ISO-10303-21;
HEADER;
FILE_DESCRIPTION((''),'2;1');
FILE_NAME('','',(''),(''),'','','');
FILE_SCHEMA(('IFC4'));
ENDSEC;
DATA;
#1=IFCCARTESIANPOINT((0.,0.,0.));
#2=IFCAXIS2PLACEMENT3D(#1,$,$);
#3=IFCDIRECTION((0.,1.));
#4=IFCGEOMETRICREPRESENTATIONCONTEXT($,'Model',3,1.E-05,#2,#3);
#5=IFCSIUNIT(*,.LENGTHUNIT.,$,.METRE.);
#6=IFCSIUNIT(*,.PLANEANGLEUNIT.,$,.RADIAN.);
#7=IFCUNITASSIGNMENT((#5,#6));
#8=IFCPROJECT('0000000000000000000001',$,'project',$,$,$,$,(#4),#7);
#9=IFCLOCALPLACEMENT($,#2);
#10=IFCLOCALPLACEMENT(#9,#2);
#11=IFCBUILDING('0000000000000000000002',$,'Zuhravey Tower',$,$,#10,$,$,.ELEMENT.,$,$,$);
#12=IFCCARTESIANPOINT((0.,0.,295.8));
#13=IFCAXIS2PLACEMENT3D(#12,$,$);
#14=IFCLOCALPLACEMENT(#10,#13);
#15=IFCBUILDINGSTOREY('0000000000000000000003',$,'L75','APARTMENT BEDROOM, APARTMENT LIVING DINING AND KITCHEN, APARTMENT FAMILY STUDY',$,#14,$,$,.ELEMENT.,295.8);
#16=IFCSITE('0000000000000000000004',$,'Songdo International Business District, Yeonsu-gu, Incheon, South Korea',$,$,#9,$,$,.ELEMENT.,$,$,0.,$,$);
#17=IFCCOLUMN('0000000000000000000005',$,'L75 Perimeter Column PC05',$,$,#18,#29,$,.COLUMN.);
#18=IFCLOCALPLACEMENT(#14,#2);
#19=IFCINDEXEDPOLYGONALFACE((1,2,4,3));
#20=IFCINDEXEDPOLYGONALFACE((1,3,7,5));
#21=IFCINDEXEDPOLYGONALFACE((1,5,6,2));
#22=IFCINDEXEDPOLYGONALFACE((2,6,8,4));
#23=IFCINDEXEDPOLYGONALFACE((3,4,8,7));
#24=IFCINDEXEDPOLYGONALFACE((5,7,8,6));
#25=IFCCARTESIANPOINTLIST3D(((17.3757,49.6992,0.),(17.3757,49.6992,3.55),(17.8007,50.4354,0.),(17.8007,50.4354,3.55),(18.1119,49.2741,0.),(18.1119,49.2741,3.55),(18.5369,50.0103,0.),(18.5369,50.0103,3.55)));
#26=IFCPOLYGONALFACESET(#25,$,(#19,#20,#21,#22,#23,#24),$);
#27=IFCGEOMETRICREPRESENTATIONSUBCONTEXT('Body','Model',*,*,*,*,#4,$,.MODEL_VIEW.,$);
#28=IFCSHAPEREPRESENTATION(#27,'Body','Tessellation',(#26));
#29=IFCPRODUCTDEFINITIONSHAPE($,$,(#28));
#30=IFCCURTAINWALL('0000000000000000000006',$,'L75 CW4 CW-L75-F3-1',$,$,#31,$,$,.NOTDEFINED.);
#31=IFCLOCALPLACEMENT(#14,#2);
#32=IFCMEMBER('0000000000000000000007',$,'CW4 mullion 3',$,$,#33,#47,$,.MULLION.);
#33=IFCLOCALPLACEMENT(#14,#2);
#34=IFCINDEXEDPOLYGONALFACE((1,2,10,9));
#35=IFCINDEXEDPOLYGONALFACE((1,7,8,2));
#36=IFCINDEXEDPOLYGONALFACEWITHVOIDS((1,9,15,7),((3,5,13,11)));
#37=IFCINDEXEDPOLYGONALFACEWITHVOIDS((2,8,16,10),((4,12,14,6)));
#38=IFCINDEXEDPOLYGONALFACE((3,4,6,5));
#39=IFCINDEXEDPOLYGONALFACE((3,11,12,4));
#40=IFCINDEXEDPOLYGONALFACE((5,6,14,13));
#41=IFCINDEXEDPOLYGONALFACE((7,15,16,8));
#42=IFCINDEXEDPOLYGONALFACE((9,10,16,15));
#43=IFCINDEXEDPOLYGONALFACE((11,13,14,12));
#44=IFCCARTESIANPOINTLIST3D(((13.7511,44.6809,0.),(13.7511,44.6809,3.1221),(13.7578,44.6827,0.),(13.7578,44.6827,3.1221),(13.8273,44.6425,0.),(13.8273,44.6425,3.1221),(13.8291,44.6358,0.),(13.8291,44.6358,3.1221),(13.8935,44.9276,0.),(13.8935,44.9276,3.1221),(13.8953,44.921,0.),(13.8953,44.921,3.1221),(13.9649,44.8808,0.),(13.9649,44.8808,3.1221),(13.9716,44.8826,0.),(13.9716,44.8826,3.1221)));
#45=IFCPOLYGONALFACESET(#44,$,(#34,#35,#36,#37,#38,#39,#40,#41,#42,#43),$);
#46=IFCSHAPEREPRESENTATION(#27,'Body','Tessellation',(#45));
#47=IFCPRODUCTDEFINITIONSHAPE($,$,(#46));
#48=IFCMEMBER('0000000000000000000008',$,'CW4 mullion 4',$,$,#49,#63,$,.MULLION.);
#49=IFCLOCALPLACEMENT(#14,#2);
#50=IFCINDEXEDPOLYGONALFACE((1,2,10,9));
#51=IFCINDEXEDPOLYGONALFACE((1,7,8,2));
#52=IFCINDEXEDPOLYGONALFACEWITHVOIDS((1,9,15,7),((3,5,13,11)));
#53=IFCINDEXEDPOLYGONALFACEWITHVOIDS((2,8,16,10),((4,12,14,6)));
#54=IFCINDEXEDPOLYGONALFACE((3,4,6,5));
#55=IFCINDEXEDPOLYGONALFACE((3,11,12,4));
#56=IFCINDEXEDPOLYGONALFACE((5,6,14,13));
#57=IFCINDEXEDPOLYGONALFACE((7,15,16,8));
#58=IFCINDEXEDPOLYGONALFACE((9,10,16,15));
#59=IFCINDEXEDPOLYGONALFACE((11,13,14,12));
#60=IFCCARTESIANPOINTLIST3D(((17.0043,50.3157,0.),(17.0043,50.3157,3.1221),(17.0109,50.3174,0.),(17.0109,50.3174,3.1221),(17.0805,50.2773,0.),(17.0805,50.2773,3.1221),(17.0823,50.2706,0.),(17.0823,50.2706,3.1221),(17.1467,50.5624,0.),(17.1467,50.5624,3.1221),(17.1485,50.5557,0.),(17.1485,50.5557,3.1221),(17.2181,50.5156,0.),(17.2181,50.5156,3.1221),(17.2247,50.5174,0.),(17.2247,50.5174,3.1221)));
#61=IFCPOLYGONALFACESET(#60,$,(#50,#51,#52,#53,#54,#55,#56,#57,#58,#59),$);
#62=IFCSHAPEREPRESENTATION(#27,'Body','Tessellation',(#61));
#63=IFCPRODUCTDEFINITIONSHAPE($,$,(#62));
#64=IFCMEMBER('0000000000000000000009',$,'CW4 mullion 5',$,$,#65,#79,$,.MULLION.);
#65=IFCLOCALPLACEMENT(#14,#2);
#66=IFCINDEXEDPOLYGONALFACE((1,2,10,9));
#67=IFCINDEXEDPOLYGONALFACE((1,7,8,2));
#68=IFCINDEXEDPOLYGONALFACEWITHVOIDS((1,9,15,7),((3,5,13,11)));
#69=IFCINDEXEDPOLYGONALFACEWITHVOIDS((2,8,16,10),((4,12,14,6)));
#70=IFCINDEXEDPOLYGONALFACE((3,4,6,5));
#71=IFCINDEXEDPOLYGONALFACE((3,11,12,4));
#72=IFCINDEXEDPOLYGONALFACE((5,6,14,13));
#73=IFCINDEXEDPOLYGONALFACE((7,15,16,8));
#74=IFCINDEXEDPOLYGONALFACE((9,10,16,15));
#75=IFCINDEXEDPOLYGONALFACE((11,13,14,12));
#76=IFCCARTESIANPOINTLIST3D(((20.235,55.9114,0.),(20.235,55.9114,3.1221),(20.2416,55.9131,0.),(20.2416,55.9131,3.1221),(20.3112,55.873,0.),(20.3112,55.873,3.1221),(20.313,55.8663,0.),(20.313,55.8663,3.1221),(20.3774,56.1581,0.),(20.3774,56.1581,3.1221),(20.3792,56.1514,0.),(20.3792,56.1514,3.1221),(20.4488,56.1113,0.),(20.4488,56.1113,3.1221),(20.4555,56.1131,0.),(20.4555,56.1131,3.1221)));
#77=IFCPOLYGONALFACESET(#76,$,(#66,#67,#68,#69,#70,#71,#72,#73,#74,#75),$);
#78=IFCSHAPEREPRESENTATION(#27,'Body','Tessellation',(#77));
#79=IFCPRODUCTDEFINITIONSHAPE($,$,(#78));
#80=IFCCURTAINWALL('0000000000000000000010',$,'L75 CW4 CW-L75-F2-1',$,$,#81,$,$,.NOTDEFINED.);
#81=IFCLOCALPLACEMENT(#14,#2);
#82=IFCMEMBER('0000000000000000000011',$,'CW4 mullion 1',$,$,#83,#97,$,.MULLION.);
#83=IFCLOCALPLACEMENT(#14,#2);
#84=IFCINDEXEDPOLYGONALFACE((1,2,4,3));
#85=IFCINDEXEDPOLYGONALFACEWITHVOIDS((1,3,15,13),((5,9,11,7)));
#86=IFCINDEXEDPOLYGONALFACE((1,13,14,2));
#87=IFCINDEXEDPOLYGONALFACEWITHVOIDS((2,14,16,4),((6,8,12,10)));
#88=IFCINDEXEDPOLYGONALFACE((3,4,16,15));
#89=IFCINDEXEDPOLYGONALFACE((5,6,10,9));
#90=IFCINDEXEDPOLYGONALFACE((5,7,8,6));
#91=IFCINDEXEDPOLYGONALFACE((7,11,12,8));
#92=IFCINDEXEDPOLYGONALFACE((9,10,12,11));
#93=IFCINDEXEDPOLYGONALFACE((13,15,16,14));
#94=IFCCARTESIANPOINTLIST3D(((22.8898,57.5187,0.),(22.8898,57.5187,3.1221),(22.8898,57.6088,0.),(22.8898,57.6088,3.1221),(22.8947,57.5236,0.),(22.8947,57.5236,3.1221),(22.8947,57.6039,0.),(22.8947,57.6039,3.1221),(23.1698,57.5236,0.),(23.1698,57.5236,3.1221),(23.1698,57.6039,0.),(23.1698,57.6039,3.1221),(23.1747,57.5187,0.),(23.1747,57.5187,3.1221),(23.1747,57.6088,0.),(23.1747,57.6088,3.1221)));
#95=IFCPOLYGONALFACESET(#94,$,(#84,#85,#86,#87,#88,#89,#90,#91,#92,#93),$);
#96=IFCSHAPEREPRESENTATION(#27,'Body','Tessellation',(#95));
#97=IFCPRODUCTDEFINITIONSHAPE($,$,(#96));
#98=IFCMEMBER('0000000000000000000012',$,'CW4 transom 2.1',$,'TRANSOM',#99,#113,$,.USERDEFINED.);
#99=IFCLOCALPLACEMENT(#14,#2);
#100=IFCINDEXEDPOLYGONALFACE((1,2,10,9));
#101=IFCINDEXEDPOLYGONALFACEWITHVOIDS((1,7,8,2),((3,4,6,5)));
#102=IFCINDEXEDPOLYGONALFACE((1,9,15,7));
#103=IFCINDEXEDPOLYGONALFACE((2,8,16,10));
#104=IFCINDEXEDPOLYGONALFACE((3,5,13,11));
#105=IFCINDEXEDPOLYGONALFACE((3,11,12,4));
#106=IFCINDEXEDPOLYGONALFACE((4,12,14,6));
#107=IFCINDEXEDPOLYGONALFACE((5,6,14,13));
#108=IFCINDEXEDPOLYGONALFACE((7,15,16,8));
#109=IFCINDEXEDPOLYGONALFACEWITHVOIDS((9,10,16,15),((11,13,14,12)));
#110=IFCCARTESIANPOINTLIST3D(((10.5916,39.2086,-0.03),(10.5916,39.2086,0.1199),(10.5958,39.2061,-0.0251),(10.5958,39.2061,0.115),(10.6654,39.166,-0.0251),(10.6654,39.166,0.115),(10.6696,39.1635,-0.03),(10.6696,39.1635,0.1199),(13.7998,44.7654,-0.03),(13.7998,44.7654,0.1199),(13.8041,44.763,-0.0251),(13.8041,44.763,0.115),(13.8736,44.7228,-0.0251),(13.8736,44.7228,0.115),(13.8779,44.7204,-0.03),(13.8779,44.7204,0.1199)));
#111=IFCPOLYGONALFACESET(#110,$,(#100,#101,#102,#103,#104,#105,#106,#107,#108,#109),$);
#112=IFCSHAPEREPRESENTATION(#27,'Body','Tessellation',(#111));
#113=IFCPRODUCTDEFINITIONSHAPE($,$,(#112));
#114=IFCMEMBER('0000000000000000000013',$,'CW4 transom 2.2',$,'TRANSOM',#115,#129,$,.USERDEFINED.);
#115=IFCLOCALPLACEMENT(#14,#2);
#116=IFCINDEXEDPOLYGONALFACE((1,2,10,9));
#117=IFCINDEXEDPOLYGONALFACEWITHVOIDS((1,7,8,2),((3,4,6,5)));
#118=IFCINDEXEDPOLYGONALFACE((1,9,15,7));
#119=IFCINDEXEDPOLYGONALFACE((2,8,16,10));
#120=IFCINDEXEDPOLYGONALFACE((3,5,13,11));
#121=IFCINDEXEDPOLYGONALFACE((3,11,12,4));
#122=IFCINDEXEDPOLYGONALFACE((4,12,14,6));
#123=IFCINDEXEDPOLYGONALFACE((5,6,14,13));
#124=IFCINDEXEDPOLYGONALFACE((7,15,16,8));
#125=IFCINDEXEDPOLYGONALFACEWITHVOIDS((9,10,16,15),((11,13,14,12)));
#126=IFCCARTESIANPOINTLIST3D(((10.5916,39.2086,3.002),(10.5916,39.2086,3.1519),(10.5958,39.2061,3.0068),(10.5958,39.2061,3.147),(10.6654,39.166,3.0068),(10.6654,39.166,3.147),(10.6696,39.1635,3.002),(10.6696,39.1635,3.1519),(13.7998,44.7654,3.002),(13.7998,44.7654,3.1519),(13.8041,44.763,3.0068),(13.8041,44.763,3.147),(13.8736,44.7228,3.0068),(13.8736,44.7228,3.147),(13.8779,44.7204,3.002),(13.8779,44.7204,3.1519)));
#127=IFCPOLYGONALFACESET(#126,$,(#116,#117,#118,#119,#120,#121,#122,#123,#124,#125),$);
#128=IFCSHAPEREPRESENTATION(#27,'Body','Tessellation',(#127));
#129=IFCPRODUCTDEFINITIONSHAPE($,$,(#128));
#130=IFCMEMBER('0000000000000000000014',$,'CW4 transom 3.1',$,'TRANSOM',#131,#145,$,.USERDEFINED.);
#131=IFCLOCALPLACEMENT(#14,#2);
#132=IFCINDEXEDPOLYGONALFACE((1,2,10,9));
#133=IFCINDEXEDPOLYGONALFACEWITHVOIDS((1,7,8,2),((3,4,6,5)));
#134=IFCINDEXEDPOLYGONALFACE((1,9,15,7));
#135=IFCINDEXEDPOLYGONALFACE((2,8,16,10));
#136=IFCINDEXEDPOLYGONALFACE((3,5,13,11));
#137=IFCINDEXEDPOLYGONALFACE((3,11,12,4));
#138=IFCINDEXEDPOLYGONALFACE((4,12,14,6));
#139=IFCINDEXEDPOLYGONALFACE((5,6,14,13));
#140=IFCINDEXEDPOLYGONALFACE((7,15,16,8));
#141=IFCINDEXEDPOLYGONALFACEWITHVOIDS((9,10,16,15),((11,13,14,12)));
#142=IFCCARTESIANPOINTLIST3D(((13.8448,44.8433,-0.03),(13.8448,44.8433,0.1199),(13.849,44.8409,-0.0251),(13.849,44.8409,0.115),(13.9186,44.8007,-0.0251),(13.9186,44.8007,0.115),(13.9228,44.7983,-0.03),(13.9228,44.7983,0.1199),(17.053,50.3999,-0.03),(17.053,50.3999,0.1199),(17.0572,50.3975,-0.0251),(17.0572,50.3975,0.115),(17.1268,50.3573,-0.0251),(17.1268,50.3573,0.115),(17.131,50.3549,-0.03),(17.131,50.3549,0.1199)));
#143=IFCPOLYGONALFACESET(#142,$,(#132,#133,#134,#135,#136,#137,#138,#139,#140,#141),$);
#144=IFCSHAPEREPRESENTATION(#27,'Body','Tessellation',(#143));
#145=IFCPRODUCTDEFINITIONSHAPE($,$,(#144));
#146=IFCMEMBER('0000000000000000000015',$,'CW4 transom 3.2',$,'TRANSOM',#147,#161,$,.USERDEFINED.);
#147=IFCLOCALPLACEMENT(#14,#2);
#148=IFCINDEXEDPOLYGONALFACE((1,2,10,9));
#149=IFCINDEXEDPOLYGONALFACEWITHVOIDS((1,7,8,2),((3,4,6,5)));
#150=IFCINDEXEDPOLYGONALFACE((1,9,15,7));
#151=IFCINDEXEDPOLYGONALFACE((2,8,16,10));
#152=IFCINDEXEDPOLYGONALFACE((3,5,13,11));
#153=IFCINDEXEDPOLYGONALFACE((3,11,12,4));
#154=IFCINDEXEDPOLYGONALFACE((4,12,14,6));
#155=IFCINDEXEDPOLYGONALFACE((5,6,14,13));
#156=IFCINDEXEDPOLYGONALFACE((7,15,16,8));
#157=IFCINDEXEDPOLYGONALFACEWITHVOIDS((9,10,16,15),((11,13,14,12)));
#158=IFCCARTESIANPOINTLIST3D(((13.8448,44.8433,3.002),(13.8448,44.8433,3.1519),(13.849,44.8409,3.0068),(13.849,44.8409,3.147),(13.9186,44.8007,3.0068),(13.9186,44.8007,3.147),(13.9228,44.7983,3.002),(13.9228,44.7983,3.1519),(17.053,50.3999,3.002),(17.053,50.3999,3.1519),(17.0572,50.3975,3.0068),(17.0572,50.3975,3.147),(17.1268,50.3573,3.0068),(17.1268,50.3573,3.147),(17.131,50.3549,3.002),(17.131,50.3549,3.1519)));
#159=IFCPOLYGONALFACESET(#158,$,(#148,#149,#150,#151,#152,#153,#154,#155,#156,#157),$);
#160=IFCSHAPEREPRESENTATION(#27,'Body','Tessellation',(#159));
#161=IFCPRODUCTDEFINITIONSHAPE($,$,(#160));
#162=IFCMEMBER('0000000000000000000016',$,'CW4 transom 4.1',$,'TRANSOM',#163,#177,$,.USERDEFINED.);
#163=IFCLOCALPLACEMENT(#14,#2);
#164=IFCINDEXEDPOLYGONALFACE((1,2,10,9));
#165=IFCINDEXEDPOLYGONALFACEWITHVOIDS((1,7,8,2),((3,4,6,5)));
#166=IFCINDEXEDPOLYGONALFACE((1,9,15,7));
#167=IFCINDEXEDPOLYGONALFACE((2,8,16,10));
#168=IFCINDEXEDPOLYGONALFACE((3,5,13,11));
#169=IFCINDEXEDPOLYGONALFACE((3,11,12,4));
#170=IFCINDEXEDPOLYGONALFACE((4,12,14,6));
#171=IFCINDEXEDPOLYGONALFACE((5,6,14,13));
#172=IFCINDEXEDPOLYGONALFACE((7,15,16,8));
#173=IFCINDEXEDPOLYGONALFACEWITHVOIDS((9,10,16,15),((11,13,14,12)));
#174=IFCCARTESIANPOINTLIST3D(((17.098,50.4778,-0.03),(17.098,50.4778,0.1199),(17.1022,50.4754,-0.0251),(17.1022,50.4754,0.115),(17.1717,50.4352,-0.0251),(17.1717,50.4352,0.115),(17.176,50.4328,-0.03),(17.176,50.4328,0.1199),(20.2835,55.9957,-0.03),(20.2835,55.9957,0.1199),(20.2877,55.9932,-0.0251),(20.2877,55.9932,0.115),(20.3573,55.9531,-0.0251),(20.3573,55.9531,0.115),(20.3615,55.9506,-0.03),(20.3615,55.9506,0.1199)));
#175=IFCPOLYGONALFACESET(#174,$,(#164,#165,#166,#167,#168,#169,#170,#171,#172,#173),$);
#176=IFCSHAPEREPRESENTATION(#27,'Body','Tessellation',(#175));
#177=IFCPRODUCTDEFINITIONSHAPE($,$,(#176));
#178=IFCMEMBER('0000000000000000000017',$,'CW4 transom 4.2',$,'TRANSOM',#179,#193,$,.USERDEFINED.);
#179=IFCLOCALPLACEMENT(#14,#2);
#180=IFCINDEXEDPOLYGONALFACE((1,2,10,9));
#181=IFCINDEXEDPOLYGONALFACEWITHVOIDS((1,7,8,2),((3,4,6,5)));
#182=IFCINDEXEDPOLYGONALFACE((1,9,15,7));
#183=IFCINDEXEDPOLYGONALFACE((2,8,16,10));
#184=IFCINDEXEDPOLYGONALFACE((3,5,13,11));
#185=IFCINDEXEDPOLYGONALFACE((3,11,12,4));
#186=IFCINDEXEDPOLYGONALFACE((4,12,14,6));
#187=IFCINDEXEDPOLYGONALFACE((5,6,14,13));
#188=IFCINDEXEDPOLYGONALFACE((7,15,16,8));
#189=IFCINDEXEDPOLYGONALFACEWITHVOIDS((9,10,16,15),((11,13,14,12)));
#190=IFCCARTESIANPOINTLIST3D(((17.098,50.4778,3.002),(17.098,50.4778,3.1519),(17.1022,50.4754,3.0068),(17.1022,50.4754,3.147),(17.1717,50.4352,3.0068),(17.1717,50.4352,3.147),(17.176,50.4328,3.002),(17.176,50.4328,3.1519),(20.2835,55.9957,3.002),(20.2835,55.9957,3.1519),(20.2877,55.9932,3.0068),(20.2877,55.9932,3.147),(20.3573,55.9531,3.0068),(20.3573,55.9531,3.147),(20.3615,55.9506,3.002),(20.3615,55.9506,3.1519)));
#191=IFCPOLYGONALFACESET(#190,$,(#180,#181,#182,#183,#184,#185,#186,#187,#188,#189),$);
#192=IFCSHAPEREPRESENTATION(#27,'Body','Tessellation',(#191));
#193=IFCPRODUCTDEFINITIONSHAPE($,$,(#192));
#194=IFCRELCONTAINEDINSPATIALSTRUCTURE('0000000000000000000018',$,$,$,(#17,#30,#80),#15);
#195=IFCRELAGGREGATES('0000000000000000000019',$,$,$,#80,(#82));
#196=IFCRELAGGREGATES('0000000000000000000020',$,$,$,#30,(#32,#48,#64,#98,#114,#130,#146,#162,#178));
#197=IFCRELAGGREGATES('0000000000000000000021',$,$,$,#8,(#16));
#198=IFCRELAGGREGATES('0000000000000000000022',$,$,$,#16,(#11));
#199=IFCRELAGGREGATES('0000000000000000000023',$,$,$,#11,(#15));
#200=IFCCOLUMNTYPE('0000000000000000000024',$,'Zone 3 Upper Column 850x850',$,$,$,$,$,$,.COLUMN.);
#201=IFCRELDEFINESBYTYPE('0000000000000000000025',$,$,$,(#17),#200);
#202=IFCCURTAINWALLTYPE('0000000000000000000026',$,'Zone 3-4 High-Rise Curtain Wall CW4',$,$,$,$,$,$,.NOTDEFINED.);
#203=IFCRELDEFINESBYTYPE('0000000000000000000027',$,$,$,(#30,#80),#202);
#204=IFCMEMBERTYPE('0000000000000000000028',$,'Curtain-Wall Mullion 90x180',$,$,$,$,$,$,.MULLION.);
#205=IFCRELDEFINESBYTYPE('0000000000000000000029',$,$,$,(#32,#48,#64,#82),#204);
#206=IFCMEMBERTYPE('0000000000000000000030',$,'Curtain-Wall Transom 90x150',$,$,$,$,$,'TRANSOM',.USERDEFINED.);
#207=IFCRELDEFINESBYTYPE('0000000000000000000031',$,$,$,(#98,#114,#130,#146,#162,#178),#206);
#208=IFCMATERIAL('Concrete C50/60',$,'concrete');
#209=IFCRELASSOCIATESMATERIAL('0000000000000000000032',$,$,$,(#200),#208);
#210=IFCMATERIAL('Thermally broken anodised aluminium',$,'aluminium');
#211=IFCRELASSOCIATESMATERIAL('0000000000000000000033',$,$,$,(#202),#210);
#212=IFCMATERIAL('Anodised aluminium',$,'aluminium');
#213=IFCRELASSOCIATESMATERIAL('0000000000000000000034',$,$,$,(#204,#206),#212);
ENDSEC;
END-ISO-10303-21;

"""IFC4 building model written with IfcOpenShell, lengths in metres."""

from ifc_helpers import new_model, si_unit, direction, frame, origin, origin_2d, place, context, subcontext, project, spatial, rectangle, hollow_rectangle, extrude, material, material_profile, profile_set, type_object, element, aggregate, save


model = new_model("IFC4")

# Units and contexts
model_context = context("Model", 3, precision=1e-05, world=origin(), true_north=direction((0.0, 1.0)))
body_context = subcontext(model_context, "Body", "Model", "MODEL_VIEW")
ifc_project = project(units=[si_unit("LENGTHUNIT", "METRE"), si_unit("PLANEANGLEUNIT", "RADIAN")], contexts=[model_context])

# Site, building, storey
site_placement = place(None, origin())
site = spatial("IfcSite", under=ifc_project, at=site_placement, Name="Songdo International Business District, Yeonsu-gu, Incheon, South Korea", CompositionType="ELEMENT", RefElevation=0.0)
building_placement = place(site_placement, origin())
building = spatial("IfcBuilding", under=site, at=building_placement, Name="Zuhravey Tower", CompositionType="ELEMENT")
storey_placement = place(building_placement, frame((0.0, 0.0, 295.8)))
storey = spatial("IfcBuildingStorey", under=building, at=storey_placement, Name="L75", Description="APARTMENT BEDROOM, APARTMENT LIVING DINING AND KITCHEN, APARTMENT FAMILY STUDY", CompositionType="ELEMENT", Elevation=295.8)

# Column
ifc_material_1 = material(Name="Concrete C50/60", Category="concrete")
ifc_material_profile_1 = material_profile(ifc_material_1, rectangle(XDim=0.8501, YDim=0.8501, at=origin_2d()), Name="RC-850x850")
ifc_profile_set_1 = profile_set([ifc_material_profile_1], Name="Concrete C50/60")
column_type = type_object("IfcColumnType", Name="Zone 3 Upper Column 850x850", PredefinedType="COLUMN", material=ifc_profile_set_1)
column_placement = place(storey_placement, frame((17.9563, 49.8547, 0.0), z_axis=(0.0, 0.0, 1.0), x_axis=(-0.5, -0.866025, 0.0)))
element("IfcColumn", 1, at=column_placement, inside=storey, type_object=column_type, Name="L75 Perimeter Column PC05", PredefinedType="COLUMN", context=body_context, shape_type="SweptSolid", body=[
    extrude(rectangle(XDim=0.8501, YDim=0.8501, at=origin_2d()), origin(), (0.0, 0.0, 1.0), 3.55),
])

# Curtain wall, members
ifc_material_2 = material(Name="Thermally broken anodised aluminium", Category="aluminium")
curtain_wall_type = type_object("IfcCurtainWallType", Name="Zone 3-4 High-Rise Curtain Wall CW4", PredefinedType="NOTDEFINED", material=ifc_material_2)
curtain_wall_1_placement = place(storey_placement, origin())
curtain_wall_1 = element("IfcCurtainWall", 2, at=curtain_wall_1_placement, inside=storey, type_object=curtain_wall_type, Name="L75 CW4 CW-L75-F3-1", PredefinedType="NOTDEFINED")
ifc_material_3 = material(Name="Anodised aluminium", Category="aluminium")
ifc_material_profile_2 = material_profile(ifc_material_3, hollow_rectangle(XDim=0.0901, YDim=0.2849, WallThickness=0.0049, at=origin_2d()), Name="ALU-RHS-90x285x5")
ifc_profile_set_2 = profile_set([ifc_material_profile_2], Name="Anodised aluminium")
member_type_1 = type_object("IfcMemberType", Name="Curtain-Wall Mullion 90x180", PredefinedType="MULLION", material=ifc_profile_set_2)
member_1_placement = place(storey_placement, frame((13.8613, 44.7817, 0.0), z_axis=(0.0, 0.0, 1.0), x_axis=(-0.866025, 0.500001, 0.0)))
member_1 = element("IfcMember", 3, at=member_1_placement, type_object=member_type_1, Name="CW4 mullion 3", PredefinedType="MULLION", context=body_context, shape_type="SweptSolid", body=[
    extrude(hollow_rectangle(XDim=0.0901, YDim=0.2849, WallThickness=0.0049, at=origin_2d()), origin(), (0.0, 0.0, 1.0), 3.1221),
])
member_2_placement = place(storey_placement, frame((17.1145, 50.4165, 0.0), z_axis=(0.0, 0.0, 1.0), x_axis=(-0.866025, 0.500001, 0.0)))
member_2 = element("IfcMember", 4, at=member_2_placement, type_object=member_type_1, Name="CW4 mullion 4", PredefinedType="MULLION", context=body_context, shape_type="SweptSolid", body=[
    extrude(hollow_rectangle(XDim=0.0901, YDim=0.2849, WallThickness=0.0049, at=origin_2d()), origin(), (0.0, 0.0, 1.0), 3.1221),
])
member_3_placement = place(storey_placement, frame((20.3452, 56.0122, 0.0), z_axis=(0.0, 0.0, 1.0), x_axis=(-0.866025, 0.500001, 0.0)))
member_3 = element("IfcMember", 5, at=member_3_placement, type_object=member_type_1, Name="CW4 mullion 5", PredefinedType="MULLION", context=body_context, shape_type="SweptSolid", body=[
    extrude(hollow_rectangle(XDim=0.0901, YDim=0.2849, WallThickness=0.0049, at=origin_2d()), origin(), (0.0, 0.0, 1.0), 3.1221),
])

# Curtain wall, member
curtain_wall_2_placement = place(storey_placement, origin())
curtain_wall_2 = element("IfcCurtainWall", 6, at=curtain_wall_2_placement, inside=storey, type_object=curtain_wall_type, Name="L75 CW4 CW-L75-F2-1", PredefinedType="NOTDEFINED")
member_4_placement = place(storey_placement, frame((23.0322, 57.5637, 0.0), z_axis=(0.0, 0.0, 1.0), x_axis=(0.0, 1.0, 0.0)))
member_4 = element("IfcMember", 7, at=member_4_placement, type_object=member_type_1, Name="CW4 mullion 1", PredefinedType="MULLION", context=body_context, shape_type="SweptSolid", body=[
    extrude(hollow_rectangle(XDim=0.0901, YDim=0.2849, WallThickness=0.0049, at=origin_2d()), origin(), (0.0, 0.0, 1.0), 3.1221),
])

# Members
ifc_material_profile_3 = material_profile(ifc_material_3, hollow_rectangle(XDim=0.0901, YDim=0.1499, WallThickness=0.0049, at=origin_2d()), Name="ALU-RHS-90x150x5")
ifc_profile_set_3 = profile_set([ifc_material_profile_3], Name="Anodised aluminium")
member_type_2 = type_object("IfcMemberType", Name="Curtain-Wall Transom 90x150", ElementType="TRANSOM", PredefinedType="USERDEFINED", material=ifc_profile_set_3)
member_5_placement = place(storey_placement, frame((10.6306, 39.186, 0.0449), z_axis=(0.499998, 0.866027, 0.0), x_axis=(-0.866027, 0.499998, 0.0)))
member_5 = element("IfcMember", 8, at=member_5_placement, type_object=member_type_2, Name="CW4 transom 2.1", ObjectType="TRANSOM", PredefinedType="USERDEFINED", context=body_context, shape_type="SweptSolid", body=[
    extrude(hollow_rectangle(XDim=0.0901, YDim=0.1499, WallThickness=0.0049, at=origin_2d()), origin(), (0.0, 0.0, 1.0), 6.4165),
])
member_6_placement = place(storey_placement, frame((10.6306, 39.186, 3.0769), z_axis=(0.499998, 0.866027, 0.0), x_axis=(-0.866027, 0.499998, 0.0)))
member_6 = element("IfcMember", 9, at=member_6_placement, type_object=member_type_2, Name="CW4 transom 2.2", ObjectType="TRANSOM", PredefinedType="USERDEFINED", context=body_context, shape_type="SweptSolid", body=[
    extrude(hollow_rectangle(XDim=0.0901, YDim=0.1499, WallThickness=0.0049, at=origin_2d()), origin(), (0.0, 0.0, 1.0), 6.4165),
])
member_7_placement = place(storey_placement, frame((13.8838, 44.8208, 0.0449), z_axis=(0.500014, 0.866017, 0.0), x_axis=(-0.866017, 0.500014, 0.0)))
member_7 = element("IfcMember", 10, at=member_7_placement, type_object=member_type_2, Name="CW4 transom 3.1", ObjectType="TRANSOM", PredefinedType="USERDEFINED", context=body_context, shape_type="SweptSolid", body=[
    extrude(hollow_rectangle(XDim=0.0901, YDim=0.1499, WallThickness=0.0049, at=origin_2d()), origin(), (0.0, 0.0, 1.0), 6.4163),
])
member_8_placement = place(storey_placement, frame((13.8838, 44.8208, 3.0769), z_axis=(0.500014, 0.866017, 0.0), x_axis=(-0.866017, 0.500014, 0.0)))
member_8 = element("IfcMember", 11, at=member_8_placement, type_object=member_type_2, Name="CW4 transom 3.2", ObjectType="TRANSOM", PredefinedType="USERDEFINED", context=body_context, shape_type="SweptSolid", body=[
    extrude(hollow_rectangle(XDim=0.0901, YDim=0.1499, WallThickness=0.0049, at=origin_2d()), origin(), (0.0, 0.0, 1.0), 6.4163),
])
member_9_placement = place(storey_placement, frame((17.137, 50.4553, 0.0449), z_axis=(0.49998, 0.866037, 0.0), x_axis=(-0.866037, 0.49998, 0.0)))
member_9 = element("IfcMember", 12, at=member_9_placement, type_object=member_type_2, Name="CW4 transom 4.1", ObjectType="TRANSOM", PredefinedType="USERDEFINED", context=body_context, shape_type="SweptSolid", body=[
    extrude(hollow_rectangle(XDim=0.0901, YDim=0.1499, WallThickness=0.0049, at=origin_2d()), origin(), (0.0, 0.0, 1.0), 6.3713),
])
member_10_placement = place(storey_placement, frame((17.137, 50.4553, 3.0769), z_axis=(0.49998, 0.866037, 0.0), x_axis=(-0.866037, 0.49998, 0.0)))
member_10 = element("IfcMember", 13, at=member_10_placement, type_object=member_type_2, Name="CW4 transom 4.2", ObjectType="TRANSOM", PredefinedType="USERDEFINED", context=body_context, shape_type="SweptSolid", body=[
    extrude(hollow_rectangle(XDim=0.0901, YDim=0.1499, WallThickness=0.0049, at=origin_2d()), origin(), (0.0, 0.0, 1.0), 6.3713),
])
aggregate(curtain_wall_2, [member_4])

aggregate(curtain_wall_1, [member_1, member_2, member_3, member_5, member_6, member_7, member_8, member_9, member_10])

save(model, "model.ifc")
